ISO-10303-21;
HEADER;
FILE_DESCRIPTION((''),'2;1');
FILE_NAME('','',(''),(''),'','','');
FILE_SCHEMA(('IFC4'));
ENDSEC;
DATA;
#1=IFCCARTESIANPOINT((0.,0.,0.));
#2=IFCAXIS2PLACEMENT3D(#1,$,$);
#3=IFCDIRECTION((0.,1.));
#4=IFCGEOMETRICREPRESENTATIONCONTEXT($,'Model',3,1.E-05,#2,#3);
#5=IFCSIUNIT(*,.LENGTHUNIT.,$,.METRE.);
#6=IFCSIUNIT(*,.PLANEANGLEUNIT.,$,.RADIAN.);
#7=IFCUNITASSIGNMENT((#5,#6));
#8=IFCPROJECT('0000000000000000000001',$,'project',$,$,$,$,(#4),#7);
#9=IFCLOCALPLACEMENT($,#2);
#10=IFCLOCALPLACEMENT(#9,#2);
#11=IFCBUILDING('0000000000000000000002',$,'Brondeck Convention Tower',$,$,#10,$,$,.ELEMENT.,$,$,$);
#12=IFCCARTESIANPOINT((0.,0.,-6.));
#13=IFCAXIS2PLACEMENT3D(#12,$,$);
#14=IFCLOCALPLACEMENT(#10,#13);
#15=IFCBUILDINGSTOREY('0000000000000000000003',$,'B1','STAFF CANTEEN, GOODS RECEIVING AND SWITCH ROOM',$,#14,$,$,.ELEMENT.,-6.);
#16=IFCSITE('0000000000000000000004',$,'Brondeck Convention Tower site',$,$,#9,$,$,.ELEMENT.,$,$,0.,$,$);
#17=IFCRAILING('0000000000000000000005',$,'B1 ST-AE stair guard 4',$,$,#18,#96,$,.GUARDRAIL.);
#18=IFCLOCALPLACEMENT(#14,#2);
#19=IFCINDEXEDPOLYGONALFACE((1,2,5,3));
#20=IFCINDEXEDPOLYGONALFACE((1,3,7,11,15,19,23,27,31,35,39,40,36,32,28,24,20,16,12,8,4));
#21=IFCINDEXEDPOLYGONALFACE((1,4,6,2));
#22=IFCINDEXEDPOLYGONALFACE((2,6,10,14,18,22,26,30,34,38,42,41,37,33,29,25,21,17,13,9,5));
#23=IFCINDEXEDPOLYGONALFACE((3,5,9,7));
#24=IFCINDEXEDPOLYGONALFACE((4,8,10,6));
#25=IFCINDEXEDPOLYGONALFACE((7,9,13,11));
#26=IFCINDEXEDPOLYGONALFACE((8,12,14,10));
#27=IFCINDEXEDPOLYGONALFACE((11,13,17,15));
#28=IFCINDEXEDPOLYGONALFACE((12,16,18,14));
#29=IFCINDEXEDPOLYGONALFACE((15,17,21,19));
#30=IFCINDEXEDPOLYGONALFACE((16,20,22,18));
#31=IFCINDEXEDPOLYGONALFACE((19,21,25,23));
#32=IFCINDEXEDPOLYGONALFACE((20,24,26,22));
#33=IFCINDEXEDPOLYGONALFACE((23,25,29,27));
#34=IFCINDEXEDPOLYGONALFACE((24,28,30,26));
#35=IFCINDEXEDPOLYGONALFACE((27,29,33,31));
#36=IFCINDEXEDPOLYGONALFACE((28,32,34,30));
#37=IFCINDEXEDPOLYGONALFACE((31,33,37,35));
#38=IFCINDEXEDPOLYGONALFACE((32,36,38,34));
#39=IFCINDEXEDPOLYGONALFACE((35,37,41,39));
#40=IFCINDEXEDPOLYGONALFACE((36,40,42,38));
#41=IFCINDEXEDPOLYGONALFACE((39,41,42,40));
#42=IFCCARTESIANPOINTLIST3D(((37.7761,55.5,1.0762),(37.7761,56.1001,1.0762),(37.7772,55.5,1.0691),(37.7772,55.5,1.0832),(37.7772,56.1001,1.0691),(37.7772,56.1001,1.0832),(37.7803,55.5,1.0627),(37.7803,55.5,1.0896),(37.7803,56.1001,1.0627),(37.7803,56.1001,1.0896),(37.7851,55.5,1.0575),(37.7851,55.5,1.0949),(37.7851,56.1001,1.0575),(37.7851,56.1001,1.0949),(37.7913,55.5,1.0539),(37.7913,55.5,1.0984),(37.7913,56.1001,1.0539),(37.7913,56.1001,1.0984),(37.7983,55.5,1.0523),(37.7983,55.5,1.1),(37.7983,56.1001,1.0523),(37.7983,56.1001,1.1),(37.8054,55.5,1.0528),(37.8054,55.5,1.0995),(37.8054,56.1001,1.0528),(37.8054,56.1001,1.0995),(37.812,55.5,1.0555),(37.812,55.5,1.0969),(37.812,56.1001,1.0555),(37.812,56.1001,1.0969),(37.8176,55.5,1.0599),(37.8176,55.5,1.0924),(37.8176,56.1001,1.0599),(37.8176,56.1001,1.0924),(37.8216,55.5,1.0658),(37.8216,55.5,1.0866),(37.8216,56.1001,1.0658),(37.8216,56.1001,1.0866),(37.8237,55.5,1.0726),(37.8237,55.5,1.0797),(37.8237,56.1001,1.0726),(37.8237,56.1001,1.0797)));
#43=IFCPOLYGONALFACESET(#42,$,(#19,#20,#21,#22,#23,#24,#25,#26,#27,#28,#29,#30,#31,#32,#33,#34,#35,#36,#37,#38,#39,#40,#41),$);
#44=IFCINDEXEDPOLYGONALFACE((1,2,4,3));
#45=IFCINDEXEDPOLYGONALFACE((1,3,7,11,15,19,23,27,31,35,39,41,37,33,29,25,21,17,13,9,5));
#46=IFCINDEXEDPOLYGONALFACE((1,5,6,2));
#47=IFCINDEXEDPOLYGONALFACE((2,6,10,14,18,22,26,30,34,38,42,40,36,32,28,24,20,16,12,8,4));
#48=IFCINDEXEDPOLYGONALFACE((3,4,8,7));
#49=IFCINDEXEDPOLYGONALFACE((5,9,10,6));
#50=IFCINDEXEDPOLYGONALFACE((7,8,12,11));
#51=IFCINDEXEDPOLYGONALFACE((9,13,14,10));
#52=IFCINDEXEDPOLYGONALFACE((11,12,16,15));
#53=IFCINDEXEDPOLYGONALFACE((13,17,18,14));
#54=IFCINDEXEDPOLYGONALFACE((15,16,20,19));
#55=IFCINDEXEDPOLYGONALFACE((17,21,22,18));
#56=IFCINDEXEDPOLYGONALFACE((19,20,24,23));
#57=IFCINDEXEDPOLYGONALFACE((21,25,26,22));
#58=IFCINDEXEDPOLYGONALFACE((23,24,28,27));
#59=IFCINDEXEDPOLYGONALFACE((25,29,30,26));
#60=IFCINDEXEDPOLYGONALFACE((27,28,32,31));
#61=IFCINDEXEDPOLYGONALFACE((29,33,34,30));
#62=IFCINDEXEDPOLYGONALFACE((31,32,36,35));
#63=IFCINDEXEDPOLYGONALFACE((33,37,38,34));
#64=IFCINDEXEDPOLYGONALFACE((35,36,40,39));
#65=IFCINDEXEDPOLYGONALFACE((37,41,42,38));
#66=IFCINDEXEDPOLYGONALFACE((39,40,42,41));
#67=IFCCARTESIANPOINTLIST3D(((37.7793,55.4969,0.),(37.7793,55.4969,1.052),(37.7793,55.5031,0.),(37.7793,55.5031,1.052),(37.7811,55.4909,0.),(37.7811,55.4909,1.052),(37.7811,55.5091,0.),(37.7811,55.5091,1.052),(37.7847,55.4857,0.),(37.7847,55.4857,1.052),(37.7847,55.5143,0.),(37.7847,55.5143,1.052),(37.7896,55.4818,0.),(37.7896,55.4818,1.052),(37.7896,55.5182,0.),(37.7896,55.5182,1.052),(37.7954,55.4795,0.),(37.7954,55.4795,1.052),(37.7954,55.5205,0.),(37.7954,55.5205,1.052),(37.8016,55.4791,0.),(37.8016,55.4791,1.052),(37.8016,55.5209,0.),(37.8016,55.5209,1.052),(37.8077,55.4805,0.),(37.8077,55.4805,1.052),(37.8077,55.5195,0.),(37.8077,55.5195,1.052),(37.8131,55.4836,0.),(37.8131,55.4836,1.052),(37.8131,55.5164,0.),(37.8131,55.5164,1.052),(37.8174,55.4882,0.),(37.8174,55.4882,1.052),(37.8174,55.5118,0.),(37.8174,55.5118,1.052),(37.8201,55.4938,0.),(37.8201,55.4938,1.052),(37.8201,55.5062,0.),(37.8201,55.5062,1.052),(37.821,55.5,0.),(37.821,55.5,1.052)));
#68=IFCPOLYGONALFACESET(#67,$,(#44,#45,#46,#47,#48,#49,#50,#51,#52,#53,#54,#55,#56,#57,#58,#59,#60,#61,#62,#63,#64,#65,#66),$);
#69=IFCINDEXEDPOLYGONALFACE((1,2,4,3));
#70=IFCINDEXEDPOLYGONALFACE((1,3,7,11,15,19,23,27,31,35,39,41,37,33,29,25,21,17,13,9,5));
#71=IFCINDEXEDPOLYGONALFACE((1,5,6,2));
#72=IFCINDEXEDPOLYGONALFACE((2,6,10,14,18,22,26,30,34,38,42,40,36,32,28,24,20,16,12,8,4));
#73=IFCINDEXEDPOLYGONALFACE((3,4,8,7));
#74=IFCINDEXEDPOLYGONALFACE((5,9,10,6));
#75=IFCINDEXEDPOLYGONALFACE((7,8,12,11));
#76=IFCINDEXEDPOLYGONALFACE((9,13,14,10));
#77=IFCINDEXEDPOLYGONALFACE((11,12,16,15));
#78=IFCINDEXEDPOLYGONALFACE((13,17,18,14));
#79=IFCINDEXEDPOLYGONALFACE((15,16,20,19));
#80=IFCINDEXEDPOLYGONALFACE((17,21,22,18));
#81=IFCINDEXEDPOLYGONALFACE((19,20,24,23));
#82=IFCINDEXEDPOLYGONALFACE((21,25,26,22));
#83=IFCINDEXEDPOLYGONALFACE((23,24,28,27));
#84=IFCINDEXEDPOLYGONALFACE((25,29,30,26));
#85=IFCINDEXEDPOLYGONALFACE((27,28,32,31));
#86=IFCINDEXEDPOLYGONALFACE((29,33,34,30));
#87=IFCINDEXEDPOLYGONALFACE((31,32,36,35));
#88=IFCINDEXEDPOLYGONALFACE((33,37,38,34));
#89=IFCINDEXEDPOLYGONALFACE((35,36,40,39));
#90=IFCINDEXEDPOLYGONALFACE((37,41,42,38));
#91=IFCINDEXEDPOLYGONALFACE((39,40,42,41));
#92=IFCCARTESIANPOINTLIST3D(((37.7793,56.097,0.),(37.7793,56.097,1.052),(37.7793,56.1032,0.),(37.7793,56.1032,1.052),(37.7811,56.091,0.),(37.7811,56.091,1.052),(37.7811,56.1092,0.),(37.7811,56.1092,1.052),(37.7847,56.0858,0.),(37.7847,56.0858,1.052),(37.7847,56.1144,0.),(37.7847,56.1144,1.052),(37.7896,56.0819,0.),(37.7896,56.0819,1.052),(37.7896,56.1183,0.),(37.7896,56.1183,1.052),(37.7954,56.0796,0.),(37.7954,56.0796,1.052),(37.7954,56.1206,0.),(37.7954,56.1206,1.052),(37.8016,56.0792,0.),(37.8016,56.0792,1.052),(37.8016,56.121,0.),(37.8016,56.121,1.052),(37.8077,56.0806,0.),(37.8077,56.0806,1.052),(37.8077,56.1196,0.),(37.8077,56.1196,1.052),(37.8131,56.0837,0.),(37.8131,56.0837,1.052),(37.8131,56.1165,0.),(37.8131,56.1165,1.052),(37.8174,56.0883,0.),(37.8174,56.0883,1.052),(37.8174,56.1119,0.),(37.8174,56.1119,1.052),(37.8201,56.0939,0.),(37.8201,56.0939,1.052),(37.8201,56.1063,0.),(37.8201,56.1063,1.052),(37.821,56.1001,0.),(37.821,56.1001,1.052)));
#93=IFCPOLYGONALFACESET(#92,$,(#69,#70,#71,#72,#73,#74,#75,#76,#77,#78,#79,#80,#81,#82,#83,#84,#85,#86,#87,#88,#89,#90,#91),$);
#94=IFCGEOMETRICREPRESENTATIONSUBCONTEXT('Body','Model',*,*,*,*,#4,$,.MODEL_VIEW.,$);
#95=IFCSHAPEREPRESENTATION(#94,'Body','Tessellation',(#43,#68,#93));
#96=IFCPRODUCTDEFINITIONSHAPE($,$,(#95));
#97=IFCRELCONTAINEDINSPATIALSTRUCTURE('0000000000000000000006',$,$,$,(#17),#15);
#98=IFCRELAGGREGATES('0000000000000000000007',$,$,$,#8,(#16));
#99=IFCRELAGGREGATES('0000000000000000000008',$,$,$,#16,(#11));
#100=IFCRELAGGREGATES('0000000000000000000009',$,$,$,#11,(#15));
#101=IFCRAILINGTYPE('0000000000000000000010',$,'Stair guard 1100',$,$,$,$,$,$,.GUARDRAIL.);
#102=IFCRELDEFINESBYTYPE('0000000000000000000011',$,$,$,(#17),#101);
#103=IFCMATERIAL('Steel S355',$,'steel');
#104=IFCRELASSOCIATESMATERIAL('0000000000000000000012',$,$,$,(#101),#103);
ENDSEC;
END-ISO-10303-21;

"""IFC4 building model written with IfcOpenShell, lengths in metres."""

from ifc_helpers import new_model, si_unit, direction, frame, origin, origin_2d, place, context, subcontext, project, spatial, circle, extrude, material, type_object, element, save


model = new_model("IFC4")

# Units and contexts
model_context = context("Model", 3, precision=1e-05, world=origin(), true_north=direction((0.0, 1.0)))
body_context = subcontext(model_context, "Body", "Model", "MODEL_VIEW")
ifc_project = project(units=[si_unit("LENGTHUNIT", "METRE"), si_unit("PLANEANGLEUNIT", "RADIAN")], contexts=[model_context])

# Site, building, storey
site_placement = place(None, origin())
site = spatial("IfcSite", under=ifc_project, at=site_placement, Name="Brondeck Convention Tower site", CompositionType="ELEMENT", RefElevation=0.0)
building_placement = place(site_placement, origin())
building = spatial("IfcBuilding", under=site, at=building_placement, Name="Brondeck Convention Tower", CompositionType="ELEMENT")
storey_placement = place(building_placement, frame((0.0, 0.0, -6.0)))
storey = spatial("IfcBuildingStorey", under=building, at=storey_placement, Name="B1", Description="STAFF CANTEEN, GOODS RECEIVING AND SWITCH ROOM", CompositionType="ELEMENT", Elevation=-6.0)

# Shared definitions
ifc_material_1 = material(Name="Steel S355", Category="steel")

# Railing
railing_type_1 = type_object("IfcRailingType", Name="Stair guard 1100", PredefinedType="GUARDRAIL", material=ifc_material_1)
railing_1_placement = place(storey_placement, frame((37.8, 55.5, 0.0)))
element("IfcRailing", 1, at=railing_1_placement, inside=storey, type_object=railing_type_1, Name="B1 ST-AE stair guard 4", PredefinedType="GUARDRAIL", context=body_context, shape_type="SweptSolid", body=[
    extrude(circle(Radius=0.0239, at=origin_2d()), frame((0.0, 0.0, 1.0762), z_axis=(0.0, 1.0, 0.0), x_axis=(-1.0, 0.0, 0.0)), (0.0, 0.0, 1.0), 0.6001),
    extrude(circle(Radius=0.021, at=origin_2d()), origin(), (0.0, 0.0, 1.0), 1.052),
    extrude(circle(Radius=0.021, at=origin_2d()), frame((0.0, 0.6001, 0.0)), (0.0, 0.0, 1.0), 1.052),
])

save(model, "model.ifc")
